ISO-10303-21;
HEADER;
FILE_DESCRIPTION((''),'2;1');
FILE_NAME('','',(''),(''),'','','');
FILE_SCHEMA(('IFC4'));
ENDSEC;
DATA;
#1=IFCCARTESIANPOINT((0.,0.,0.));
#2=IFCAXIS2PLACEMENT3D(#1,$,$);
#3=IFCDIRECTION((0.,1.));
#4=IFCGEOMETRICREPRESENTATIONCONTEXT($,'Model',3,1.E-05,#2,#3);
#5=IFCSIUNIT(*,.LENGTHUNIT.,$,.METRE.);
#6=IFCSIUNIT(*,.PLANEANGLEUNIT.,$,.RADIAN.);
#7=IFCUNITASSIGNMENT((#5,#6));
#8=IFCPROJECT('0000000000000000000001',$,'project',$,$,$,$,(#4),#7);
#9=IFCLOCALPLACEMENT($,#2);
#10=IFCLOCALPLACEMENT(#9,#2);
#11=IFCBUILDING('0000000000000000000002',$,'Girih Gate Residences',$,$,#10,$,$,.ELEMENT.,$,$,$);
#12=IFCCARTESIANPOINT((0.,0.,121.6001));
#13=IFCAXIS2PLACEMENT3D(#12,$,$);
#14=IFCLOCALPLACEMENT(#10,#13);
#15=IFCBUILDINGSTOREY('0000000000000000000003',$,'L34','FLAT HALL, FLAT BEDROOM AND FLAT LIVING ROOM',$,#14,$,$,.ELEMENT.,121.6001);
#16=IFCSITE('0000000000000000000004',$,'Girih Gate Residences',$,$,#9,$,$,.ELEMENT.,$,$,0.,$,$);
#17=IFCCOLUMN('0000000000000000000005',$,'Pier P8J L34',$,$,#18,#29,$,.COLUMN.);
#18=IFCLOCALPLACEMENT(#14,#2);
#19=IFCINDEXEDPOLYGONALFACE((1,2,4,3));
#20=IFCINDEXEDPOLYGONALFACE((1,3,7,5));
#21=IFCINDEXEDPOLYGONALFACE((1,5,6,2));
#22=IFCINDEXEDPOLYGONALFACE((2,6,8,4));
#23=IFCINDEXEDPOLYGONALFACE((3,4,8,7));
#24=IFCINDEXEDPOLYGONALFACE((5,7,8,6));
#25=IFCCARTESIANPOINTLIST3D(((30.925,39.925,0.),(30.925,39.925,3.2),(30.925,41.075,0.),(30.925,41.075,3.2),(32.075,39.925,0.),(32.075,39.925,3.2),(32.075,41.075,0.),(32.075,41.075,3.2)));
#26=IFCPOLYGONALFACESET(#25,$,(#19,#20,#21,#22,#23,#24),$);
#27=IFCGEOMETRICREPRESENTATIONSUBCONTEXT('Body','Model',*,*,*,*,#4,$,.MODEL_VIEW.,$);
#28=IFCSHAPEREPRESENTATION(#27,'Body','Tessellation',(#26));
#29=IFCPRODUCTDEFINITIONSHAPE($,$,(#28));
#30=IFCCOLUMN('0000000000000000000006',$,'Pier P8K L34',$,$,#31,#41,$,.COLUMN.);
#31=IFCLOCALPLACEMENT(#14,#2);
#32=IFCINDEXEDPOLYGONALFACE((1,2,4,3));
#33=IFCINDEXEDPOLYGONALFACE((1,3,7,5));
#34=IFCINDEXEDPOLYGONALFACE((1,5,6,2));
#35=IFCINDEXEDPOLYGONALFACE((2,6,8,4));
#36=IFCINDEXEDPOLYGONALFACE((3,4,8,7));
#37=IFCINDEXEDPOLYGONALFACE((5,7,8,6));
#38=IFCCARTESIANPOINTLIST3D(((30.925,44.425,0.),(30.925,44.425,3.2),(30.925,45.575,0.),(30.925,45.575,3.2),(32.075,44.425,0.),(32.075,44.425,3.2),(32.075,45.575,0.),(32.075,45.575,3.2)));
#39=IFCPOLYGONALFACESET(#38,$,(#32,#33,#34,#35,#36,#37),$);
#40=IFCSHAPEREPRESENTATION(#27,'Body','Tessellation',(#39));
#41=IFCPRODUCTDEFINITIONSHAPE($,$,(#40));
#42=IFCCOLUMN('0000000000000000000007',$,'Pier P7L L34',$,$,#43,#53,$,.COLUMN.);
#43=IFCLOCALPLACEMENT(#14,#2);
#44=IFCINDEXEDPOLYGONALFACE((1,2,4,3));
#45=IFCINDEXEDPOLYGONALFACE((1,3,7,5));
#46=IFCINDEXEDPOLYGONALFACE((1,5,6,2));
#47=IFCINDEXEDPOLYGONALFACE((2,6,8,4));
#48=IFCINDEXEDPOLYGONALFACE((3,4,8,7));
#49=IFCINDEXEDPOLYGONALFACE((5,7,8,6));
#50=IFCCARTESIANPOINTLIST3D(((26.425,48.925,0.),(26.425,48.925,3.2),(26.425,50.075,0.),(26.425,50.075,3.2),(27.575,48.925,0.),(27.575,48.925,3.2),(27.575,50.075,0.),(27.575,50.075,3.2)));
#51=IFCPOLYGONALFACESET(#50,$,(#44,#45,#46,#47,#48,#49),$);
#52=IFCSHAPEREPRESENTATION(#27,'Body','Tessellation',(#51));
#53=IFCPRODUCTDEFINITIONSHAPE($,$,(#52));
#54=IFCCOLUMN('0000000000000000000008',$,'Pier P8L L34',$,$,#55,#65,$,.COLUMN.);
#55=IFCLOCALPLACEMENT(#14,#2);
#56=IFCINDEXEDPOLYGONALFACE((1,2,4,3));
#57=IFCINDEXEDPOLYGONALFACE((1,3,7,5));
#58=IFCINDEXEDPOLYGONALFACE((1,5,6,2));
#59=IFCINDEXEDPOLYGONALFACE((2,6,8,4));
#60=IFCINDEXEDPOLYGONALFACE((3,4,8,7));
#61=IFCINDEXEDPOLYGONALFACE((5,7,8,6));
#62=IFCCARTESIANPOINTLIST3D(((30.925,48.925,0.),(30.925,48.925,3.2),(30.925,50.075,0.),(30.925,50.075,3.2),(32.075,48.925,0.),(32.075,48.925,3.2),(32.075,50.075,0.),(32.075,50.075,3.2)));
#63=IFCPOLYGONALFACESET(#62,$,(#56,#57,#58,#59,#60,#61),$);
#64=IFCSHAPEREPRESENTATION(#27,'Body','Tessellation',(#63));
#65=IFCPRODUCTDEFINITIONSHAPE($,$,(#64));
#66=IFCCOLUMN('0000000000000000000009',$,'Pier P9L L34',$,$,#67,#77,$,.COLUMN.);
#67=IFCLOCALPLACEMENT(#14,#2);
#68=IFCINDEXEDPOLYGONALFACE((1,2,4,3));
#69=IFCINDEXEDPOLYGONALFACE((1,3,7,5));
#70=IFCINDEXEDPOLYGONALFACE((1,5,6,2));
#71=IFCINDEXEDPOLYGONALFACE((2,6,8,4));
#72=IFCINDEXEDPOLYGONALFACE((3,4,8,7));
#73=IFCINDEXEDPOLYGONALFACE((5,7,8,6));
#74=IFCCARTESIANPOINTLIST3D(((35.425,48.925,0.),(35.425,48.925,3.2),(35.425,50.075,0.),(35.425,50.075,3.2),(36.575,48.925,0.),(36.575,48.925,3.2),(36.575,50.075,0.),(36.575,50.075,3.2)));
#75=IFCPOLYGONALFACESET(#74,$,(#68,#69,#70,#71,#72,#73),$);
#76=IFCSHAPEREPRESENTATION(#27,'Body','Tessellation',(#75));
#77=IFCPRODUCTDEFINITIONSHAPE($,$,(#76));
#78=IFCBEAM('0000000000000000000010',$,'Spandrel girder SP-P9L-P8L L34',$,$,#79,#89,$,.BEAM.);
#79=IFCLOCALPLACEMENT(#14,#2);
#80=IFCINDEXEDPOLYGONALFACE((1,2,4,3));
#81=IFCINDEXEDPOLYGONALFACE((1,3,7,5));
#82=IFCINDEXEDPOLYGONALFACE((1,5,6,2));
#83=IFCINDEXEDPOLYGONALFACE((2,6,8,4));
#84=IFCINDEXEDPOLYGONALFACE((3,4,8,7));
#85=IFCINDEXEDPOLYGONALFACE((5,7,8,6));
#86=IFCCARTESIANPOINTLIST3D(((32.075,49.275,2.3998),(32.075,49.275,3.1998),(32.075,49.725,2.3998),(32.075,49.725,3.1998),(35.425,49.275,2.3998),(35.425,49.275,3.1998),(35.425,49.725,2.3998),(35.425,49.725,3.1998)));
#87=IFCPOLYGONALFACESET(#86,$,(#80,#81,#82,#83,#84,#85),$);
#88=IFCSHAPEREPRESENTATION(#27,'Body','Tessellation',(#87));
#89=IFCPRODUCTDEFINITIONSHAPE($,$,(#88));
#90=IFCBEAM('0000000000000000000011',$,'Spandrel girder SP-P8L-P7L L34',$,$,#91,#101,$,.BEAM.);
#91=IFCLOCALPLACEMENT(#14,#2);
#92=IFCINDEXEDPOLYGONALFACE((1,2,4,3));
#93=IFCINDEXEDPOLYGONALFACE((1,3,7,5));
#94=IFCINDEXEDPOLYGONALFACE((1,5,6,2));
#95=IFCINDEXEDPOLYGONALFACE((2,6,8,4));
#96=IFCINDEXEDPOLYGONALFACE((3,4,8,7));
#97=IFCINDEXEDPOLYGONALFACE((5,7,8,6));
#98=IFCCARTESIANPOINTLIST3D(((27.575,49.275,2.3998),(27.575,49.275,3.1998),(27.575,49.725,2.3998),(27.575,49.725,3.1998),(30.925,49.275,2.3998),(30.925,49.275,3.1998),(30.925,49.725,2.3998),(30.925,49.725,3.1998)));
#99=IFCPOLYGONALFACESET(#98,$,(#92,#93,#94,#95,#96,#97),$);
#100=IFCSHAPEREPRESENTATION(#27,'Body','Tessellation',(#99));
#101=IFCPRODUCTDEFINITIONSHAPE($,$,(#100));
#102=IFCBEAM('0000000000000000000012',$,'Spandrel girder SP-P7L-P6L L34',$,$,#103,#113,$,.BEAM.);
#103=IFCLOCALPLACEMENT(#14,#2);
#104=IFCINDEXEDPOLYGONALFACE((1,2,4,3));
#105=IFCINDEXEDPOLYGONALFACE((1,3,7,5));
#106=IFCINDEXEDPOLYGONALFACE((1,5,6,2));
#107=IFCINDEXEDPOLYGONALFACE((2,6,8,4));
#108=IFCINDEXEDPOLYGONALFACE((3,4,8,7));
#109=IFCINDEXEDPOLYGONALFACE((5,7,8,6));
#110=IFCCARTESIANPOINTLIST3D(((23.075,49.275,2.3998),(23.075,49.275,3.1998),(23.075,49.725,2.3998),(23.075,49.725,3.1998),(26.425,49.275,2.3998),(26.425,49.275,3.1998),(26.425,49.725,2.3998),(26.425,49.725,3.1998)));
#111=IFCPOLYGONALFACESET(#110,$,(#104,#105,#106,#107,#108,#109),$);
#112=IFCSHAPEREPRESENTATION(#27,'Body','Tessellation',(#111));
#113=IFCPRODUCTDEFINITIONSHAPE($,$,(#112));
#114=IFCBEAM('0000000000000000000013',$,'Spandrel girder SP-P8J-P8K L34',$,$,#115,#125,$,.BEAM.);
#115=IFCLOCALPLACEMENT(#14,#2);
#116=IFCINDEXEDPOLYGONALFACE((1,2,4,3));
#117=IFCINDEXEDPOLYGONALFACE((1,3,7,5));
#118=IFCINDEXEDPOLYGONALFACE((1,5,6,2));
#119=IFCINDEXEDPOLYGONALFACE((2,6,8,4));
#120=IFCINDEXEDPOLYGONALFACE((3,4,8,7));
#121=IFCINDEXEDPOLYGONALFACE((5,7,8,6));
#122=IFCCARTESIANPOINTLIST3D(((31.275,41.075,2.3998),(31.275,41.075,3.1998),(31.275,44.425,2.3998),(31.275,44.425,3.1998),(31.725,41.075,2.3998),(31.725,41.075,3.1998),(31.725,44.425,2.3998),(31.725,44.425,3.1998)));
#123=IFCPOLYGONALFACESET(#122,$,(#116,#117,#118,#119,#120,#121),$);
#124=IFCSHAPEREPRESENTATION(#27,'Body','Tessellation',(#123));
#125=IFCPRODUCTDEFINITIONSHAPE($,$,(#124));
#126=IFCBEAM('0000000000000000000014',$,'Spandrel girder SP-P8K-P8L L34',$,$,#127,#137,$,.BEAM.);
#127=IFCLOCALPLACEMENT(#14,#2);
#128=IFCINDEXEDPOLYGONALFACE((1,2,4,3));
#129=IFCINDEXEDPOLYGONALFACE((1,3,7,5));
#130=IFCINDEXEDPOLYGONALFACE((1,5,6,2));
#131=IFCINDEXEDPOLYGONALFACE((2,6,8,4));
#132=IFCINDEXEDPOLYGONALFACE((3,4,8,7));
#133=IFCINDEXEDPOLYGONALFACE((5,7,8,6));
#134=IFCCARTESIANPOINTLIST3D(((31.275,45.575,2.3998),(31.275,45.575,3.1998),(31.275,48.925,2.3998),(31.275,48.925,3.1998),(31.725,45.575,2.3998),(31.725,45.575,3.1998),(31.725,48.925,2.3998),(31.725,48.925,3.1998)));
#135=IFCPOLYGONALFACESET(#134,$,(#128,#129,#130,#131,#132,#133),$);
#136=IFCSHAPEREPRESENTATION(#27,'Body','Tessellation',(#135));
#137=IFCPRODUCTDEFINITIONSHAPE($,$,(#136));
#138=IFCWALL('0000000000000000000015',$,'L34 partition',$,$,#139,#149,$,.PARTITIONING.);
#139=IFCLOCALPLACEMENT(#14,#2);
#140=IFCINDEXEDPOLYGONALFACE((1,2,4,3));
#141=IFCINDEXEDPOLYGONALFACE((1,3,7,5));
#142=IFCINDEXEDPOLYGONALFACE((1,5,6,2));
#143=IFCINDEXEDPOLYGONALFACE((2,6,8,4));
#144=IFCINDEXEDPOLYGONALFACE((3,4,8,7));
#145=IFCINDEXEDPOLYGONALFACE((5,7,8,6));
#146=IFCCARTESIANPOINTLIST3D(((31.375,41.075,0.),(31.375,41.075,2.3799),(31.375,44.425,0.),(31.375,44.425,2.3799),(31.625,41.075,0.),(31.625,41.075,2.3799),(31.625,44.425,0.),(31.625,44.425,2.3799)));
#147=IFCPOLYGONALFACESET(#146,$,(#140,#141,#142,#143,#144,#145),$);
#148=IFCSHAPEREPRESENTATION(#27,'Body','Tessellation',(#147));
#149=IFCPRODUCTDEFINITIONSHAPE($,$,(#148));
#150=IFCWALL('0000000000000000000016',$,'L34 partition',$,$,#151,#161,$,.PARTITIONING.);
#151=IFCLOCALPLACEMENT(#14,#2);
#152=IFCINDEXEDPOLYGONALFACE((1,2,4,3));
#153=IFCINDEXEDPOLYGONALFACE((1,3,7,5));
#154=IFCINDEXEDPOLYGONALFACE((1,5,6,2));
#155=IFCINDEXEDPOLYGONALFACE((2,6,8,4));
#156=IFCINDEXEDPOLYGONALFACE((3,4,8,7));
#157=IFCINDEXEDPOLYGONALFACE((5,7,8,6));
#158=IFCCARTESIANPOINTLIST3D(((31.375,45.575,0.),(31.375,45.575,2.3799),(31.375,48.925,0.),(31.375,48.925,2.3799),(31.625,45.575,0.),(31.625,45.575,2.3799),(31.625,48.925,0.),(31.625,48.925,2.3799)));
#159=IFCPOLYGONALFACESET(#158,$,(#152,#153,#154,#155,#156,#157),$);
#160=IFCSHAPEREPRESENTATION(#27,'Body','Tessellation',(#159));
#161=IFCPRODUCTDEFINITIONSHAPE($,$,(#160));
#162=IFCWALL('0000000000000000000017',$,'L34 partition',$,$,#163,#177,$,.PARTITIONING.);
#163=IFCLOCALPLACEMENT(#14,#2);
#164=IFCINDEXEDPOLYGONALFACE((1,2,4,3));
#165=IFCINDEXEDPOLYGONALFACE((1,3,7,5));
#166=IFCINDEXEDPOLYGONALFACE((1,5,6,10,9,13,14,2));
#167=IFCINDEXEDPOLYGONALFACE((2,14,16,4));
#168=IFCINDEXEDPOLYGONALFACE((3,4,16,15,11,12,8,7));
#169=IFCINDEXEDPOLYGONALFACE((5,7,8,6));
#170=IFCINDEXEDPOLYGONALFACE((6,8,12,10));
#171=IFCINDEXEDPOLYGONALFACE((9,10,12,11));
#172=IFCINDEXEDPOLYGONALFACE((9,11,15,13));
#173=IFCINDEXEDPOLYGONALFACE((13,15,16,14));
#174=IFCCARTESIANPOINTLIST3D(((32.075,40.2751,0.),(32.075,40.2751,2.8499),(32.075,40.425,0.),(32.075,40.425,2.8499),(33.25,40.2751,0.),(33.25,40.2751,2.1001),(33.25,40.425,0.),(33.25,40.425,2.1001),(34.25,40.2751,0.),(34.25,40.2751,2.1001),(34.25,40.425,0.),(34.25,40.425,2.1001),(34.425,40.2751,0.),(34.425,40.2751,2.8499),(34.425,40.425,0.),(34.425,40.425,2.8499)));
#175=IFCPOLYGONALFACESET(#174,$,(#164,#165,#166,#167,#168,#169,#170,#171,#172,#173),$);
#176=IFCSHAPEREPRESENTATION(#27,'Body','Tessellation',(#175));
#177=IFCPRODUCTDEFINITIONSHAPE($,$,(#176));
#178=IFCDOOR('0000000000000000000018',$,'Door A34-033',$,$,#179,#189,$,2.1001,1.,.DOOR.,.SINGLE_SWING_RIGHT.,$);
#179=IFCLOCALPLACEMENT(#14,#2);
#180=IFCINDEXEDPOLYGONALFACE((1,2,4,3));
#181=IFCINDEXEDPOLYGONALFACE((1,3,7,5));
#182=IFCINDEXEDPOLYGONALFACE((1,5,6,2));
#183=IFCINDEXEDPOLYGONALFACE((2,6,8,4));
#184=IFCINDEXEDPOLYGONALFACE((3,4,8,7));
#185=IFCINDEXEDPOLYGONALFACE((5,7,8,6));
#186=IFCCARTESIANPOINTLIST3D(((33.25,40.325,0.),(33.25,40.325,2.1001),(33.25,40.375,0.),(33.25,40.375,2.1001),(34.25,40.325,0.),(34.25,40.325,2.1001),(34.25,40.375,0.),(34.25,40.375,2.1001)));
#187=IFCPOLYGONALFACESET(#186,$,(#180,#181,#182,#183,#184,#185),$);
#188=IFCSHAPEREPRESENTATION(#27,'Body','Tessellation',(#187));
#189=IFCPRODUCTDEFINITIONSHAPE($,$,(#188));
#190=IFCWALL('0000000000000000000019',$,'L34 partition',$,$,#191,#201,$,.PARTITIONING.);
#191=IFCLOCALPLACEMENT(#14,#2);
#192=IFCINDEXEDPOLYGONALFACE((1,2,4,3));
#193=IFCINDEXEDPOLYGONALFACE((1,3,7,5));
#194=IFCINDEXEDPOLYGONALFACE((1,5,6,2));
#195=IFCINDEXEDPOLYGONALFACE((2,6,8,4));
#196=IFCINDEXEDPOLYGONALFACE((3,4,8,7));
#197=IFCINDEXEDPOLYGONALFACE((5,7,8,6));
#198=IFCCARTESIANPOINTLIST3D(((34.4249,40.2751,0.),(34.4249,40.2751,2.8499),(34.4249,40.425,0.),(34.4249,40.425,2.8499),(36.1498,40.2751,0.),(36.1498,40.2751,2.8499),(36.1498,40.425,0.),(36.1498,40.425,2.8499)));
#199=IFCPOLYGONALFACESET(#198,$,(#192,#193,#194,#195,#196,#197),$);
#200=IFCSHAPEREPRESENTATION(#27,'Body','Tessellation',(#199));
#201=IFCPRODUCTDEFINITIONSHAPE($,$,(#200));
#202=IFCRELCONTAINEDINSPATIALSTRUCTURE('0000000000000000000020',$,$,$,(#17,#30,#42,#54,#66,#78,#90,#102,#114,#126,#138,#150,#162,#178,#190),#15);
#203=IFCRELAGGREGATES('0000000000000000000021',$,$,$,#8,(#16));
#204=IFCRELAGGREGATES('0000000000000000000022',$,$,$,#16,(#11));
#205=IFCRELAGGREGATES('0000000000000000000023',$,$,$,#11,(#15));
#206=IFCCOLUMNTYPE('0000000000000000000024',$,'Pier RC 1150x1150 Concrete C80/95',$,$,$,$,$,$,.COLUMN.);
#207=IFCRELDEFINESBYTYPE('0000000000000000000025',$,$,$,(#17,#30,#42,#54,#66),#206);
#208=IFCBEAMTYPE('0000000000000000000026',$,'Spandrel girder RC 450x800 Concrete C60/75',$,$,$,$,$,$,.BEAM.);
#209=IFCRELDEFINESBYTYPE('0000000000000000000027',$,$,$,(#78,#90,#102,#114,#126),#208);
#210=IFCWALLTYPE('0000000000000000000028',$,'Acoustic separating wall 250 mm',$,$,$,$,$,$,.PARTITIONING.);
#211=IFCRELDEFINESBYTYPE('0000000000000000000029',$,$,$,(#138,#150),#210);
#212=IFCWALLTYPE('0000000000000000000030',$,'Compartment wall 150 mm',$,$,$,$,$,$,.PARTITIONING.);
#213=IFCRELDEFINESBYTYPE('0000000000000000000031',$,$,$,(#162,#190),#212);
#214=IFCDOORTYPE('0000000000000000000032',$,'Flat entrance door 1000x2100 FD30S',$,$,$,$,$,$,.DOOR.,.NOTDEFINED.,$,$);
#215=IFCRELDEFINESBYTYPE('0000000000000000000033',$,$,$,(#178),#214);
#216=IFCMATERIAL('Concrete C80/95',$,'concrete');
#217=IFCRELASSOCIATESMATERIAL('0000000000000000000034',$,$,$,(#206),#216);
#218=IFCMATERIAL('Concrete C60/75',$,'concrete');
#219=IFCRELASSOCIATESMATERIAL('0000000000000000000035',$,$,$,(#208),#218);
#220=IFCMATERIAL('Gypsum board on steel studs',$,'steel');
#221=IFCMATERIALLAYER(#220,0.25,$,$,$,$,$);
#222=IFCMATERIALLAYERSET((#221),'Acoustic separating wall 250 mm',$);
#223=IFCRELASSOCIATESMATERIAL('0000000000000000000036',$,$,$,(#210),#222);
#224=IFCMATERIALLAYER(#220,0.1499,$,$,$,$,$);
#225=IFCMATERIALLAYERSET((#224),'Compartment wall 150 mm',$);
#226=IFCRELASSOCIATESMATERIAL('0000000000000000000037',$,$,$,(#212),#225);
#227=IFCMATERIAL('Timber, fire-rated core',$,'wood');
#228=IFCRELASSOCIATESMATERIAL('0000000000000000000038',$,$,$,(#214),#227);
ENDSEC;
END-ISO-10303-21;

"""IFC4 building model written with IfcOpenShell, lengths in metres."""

from ifc_helpers import new_model, si_unit, direction, frame, frame_2d, origin, origin_2d, place, context, subcontext, project, spatial, rectangle, extrude, material, layer, layer_set, material_profile, profile_set, type_object, element, fill, save


model = new_model("IFC4")

# Units and contexts
model_context = context("Model", 3, precision=1e-05, world=origin(), true_north=direction((0.0, 1.0)))
body_context = subcontext(model_context, "Body", "Model", "MODEL_VIEW")
ifc_project = project(units=[si_unit("LENGTHUNIT", "METRE"), si_unit("PLANEANGLEUNIT", "RADIAN")], contexts=[model_context])

# Site, building, storey
site_placement = place(None, origin())
site = spatial("IfcSite", under=ifc_project, at=site_placement, Name="Girih Gate Residences", CompositionType="ELEMENT", RefElevation=0.0)
building_placement = place(site_placement, origin())
building = spatial("IfcBuilding", under=site, at=building_placement, Name="Girih Gate Residences", CompositionType="ELEMENT")
storey_placement = place(building_placement, frame((0.0, 0.0, 121.6001)))
storey = spatial("IfcBuildingStorey", under=building, at=storey_placement, Name="L34", Description="FLAT HALL, FLAT BEDROOM AND FLAT LIVING ROOM", CompositionType="ELEMENT", Elevation=121.6001)

# Columns
ifc_material_1 = material(Name="Concrete C80/95", Category="concrete")
ifc_material_profile_1 = material_profile(ifc_material_1, rectangle(XDim=1.1499, YDim=1.1499, at=origin_2d()))
ifc_profile_set_1 = profile_set([ifc_material_profile_1], Name="Concrete C80/95")
column_type = type_object("IfcColumnType", Name="Pier RC 1150x1150 Concrete C80/95", PredefinedType="COLUMN", material=ifc_profile_set_1)
for number, where, z_axis, x_axis, name in (
    (1, (31.5, 40.5, 0.0), (0.0, 0.0, 1.0), (1.0, 0.0, 0.0), "Pier P8J L34"),
    (2, (31.5, 45.0, 0.0), (0.0, 0.0, 1.0), (1.0, 0.0, 0.0), "Pier P8K L34"),
    (3, (27.0, 49.5, 0.0), (0.0, 0.0, 1.0), (1.0, 0.0, 0.0), "Pier P7L L34"),
    (4, (31.5, 49.5, 0.0), (0.0, 0.0, 1.0), (1.0, 0.0, 0.0), "Pier P8L L34"),
    (5, (36.0, 49.5, 0.0), (0.0, 0.0, 1.0), (1.0, 0.0, 0.0), "Pier P9L L34"),
):
    element("IfcColumn", number, at=place(storey_placement, frame(where, z_axis=z_axis, x_axis=x_axis)), inside=storey, type_object=column_type, Name=name, PredefinedType="COLUMN", context=body_context, shape_type="SweptSolid", body=[
        extrude(rectangle(XDim=1.1499, YDim=1.1499, at=origin_2d()), origin(), (0.0, 0.0, 1.0), 3.2),
    ])

# Beams
ifc_material_2 = material(Name="Concrete C60/75", Category="concrete")
ifc_material_profile_2 = material_profile(ifc_material_2, rectangle(XDim=0.45, YDim=0.8, at=origin_2d()))
ifc_profile_set_2 = profile_set([ifc_material_profile_2], Name="Concrete C60/75")
beam_type = type_object("IfcBeamType", Name="Spandrel girder RC 450x800 Concrete C60/75", PredefinedType="BEAM", material=ifc_profile_set_2)
for number, where, z_axis, x_axis, name in (
    (6, (35.425, 49.5, 2.7998), (-1.0, 0.0, 0.0), (0.0, -1.0, 0.0), "Spandrel girder SP-P9L-P8L L34"),
    (7, (30.925, 49.5, 2.7998), (-1.0, 0.0, 0.0), (0.0, -1.0, 0.0), "Spandrel girder SP-P8L-P7L L34"),
    (8, (26.425, 49.5, 2.7998), (-1.0, 0.0, 0.0), (0.0, -1.0, 0.0), "Spandrel girder SP-P7L-P6L L34"),
    (9, (31.5, 41.075, 2.7998), (0.0, 1.0, 0.0), (-1.0, 0.0, 0.0), "Spandrel girder SP-P8J-P8K L34"),
    (10, (31.5, 45.575, 2.7998), (0.0, 1.0, 0.0), (-1.0, 0.0, 0.0), "Spandrel girder SP-P8K-P8L L34"),
):
    element("IfcBeam", number, at=place(storey_placement, frame(where, z_axis=z_axis, x_axis=x_axis)), inside=storey, type_object=beam_type, Name=name, PredefinedType="BEAM", context=body_context, shape_type="SweptSolid", body=[
        extrude(rectangle(XDim=0.45, YDim=0.8, at=origin_2d()), origin(), (0.0, 0.0, 1.0), 3.3501),
    ])

# Walls
ifc_material_3 = material(Name="Gypsum board on steel studs", Category="steel")
ifc_layer_1 = layer(ifc_material_3, 0.25)
ifc_layer_set_1 = layer_set([ifc_layer_1], Name="Acoustic separating wall 250 mm")
wall_type_1 = type_object("IfcWallType", Name="Acoustic separating wall 250 mm", PredefinedType="PARTITIONING", material=ifc_layer_set_1)
for number, where, z_axis, x_axis, name in (
    (11, (31.5, 41.075, 0.0), (0.0, 0.0, 1.0), (0.0, 1.0, 0.0), "L34 partition"),
    (12, (31.5, 45.575, 0.0), (0.0, 0.0, 1.0), (0.0, 1.0, 0.0), "L34 partition"),
):
    element("IfcWall", number, at=place(storey_placement, frame(where, z_axis=z_axis, x_axis=x_axis)), inside=storey, type_object=wall_type_1, Name=name, PredefinedType="PARTITIONING", context=body_context, shape_type="SweptSolid", body=[
        extrude(rectangle(XDim=3.3501, YDim=0.25, at=frame_2d((1.675, 0.0))), origin(), (0.0, 0.0, 1.0), 2.3799),
    ])

# Wall, opening, door
ifc_layer_2 = layer(ifc_material_3, 0.1499)
ifc_layer_set_2 = layer_set([ifc_layer_2], Name="Compartment wall 150 mm")
wall_type_2 = type_object("IfcWallType", Name="Compartment wall 150 mm", PredefinedType="PARTITIONING", material=ifc_layer_set_2)
wall_1_placement = place(storey_placement, frame((32.075, 40.3501, 0.0), z_axis=(0.0, 0.0, 1.0), x_axis=(1.0, 0.0, 0.0)))
wall_1 = element("IfcWall", 13, at=wall_1_placement, inside=storey, type_object=wall_type_2, Name="L34 partition", PredefinedType="PARTITIONING", context=body_context, shape_type="SweptSolid", body=[
    extrude(rectangle(XDim=2.3501, YDim=0.1499, at=frame_2d((1.175, 0.0))), origin(), (0.0, 0.0, 1.0), 2.8499),
])
opening_1_placement = place(wall_1_placement, frame((1.175, 0.0, 0.0)))
opening_1 = element("IfcOpeningElement", 14, at=opening_1_placement, cuts=wall_1, PredefinedType="OPENING", context=body_context, shape_type="SweptSolid", body=[
    extrude(rectangle(XDim=1.0, YDim=2.1001, at=frame_2d((0.5, 1.05))), frame((0.0, 0.085, 0.0), z_axis=(0.0, -1.0, 0.0), x_axis=(1.0, 0.0, 0.0)), (0.0, 0.0, 1.0), 0.1699),
])
ifc_material_4 = material(Name="Timber, fire-rated core", Category="wood")
door_type_1 = type_object("IfcDoorType", Name="Flat entrance door 1000x2100 FD30S", OperationType="NOTDEFINED", PredefinedType="DOOR", material=ifc_material_4)
door_1_placement = place(opening_1_placement, origin())
door_1 = element("IfcDoor", 15, at=door_1_placement, inside=storey, type_object=door_type_1, Name="Door A34-033", OperationType="SINGLE_SWING_RIGHT", OverallHeight=2.1001, OverallWidth=1.0, PredefinedType="DOOR", context=body_context, shape_type="SweptSolid", body=[
    extrude(rectangle(XDim=1.0, YDim=2.1001, at=frame_2d((0.5, 1.05))), frame((0.0, 0.0249, 0.0), z_axis=(0.0, -1.0, 0.0), x_axis=(1.0, 0.0, 0.0)), (0.0, 0.0, 1.0), 0.05),
])
fill(opening_1, door_1)

# Wall
wall_2_placement = place(storey_placement, frame((34.425, 40.3501, 0.0), z_axis=(0.0, 0.0, 1.0), x_axis=(1.0, 0.0, 0.0)))
element("IfcWall", 16, at=wall_2_placement, inside=storey, type_object=wall_type_2, Name="L34 partition", PredefinedType="PARTITIONING", context=body_context, shape_type="SweptSolid", body=[
    extrude(rectangle(XDim=1.7249, YDim=0.1499, at=frame_2d((0.8623, 0.0))), origin(), (0.0, 0.0, 1.0), 2.8499),
])

save(model, "model.ifc")
